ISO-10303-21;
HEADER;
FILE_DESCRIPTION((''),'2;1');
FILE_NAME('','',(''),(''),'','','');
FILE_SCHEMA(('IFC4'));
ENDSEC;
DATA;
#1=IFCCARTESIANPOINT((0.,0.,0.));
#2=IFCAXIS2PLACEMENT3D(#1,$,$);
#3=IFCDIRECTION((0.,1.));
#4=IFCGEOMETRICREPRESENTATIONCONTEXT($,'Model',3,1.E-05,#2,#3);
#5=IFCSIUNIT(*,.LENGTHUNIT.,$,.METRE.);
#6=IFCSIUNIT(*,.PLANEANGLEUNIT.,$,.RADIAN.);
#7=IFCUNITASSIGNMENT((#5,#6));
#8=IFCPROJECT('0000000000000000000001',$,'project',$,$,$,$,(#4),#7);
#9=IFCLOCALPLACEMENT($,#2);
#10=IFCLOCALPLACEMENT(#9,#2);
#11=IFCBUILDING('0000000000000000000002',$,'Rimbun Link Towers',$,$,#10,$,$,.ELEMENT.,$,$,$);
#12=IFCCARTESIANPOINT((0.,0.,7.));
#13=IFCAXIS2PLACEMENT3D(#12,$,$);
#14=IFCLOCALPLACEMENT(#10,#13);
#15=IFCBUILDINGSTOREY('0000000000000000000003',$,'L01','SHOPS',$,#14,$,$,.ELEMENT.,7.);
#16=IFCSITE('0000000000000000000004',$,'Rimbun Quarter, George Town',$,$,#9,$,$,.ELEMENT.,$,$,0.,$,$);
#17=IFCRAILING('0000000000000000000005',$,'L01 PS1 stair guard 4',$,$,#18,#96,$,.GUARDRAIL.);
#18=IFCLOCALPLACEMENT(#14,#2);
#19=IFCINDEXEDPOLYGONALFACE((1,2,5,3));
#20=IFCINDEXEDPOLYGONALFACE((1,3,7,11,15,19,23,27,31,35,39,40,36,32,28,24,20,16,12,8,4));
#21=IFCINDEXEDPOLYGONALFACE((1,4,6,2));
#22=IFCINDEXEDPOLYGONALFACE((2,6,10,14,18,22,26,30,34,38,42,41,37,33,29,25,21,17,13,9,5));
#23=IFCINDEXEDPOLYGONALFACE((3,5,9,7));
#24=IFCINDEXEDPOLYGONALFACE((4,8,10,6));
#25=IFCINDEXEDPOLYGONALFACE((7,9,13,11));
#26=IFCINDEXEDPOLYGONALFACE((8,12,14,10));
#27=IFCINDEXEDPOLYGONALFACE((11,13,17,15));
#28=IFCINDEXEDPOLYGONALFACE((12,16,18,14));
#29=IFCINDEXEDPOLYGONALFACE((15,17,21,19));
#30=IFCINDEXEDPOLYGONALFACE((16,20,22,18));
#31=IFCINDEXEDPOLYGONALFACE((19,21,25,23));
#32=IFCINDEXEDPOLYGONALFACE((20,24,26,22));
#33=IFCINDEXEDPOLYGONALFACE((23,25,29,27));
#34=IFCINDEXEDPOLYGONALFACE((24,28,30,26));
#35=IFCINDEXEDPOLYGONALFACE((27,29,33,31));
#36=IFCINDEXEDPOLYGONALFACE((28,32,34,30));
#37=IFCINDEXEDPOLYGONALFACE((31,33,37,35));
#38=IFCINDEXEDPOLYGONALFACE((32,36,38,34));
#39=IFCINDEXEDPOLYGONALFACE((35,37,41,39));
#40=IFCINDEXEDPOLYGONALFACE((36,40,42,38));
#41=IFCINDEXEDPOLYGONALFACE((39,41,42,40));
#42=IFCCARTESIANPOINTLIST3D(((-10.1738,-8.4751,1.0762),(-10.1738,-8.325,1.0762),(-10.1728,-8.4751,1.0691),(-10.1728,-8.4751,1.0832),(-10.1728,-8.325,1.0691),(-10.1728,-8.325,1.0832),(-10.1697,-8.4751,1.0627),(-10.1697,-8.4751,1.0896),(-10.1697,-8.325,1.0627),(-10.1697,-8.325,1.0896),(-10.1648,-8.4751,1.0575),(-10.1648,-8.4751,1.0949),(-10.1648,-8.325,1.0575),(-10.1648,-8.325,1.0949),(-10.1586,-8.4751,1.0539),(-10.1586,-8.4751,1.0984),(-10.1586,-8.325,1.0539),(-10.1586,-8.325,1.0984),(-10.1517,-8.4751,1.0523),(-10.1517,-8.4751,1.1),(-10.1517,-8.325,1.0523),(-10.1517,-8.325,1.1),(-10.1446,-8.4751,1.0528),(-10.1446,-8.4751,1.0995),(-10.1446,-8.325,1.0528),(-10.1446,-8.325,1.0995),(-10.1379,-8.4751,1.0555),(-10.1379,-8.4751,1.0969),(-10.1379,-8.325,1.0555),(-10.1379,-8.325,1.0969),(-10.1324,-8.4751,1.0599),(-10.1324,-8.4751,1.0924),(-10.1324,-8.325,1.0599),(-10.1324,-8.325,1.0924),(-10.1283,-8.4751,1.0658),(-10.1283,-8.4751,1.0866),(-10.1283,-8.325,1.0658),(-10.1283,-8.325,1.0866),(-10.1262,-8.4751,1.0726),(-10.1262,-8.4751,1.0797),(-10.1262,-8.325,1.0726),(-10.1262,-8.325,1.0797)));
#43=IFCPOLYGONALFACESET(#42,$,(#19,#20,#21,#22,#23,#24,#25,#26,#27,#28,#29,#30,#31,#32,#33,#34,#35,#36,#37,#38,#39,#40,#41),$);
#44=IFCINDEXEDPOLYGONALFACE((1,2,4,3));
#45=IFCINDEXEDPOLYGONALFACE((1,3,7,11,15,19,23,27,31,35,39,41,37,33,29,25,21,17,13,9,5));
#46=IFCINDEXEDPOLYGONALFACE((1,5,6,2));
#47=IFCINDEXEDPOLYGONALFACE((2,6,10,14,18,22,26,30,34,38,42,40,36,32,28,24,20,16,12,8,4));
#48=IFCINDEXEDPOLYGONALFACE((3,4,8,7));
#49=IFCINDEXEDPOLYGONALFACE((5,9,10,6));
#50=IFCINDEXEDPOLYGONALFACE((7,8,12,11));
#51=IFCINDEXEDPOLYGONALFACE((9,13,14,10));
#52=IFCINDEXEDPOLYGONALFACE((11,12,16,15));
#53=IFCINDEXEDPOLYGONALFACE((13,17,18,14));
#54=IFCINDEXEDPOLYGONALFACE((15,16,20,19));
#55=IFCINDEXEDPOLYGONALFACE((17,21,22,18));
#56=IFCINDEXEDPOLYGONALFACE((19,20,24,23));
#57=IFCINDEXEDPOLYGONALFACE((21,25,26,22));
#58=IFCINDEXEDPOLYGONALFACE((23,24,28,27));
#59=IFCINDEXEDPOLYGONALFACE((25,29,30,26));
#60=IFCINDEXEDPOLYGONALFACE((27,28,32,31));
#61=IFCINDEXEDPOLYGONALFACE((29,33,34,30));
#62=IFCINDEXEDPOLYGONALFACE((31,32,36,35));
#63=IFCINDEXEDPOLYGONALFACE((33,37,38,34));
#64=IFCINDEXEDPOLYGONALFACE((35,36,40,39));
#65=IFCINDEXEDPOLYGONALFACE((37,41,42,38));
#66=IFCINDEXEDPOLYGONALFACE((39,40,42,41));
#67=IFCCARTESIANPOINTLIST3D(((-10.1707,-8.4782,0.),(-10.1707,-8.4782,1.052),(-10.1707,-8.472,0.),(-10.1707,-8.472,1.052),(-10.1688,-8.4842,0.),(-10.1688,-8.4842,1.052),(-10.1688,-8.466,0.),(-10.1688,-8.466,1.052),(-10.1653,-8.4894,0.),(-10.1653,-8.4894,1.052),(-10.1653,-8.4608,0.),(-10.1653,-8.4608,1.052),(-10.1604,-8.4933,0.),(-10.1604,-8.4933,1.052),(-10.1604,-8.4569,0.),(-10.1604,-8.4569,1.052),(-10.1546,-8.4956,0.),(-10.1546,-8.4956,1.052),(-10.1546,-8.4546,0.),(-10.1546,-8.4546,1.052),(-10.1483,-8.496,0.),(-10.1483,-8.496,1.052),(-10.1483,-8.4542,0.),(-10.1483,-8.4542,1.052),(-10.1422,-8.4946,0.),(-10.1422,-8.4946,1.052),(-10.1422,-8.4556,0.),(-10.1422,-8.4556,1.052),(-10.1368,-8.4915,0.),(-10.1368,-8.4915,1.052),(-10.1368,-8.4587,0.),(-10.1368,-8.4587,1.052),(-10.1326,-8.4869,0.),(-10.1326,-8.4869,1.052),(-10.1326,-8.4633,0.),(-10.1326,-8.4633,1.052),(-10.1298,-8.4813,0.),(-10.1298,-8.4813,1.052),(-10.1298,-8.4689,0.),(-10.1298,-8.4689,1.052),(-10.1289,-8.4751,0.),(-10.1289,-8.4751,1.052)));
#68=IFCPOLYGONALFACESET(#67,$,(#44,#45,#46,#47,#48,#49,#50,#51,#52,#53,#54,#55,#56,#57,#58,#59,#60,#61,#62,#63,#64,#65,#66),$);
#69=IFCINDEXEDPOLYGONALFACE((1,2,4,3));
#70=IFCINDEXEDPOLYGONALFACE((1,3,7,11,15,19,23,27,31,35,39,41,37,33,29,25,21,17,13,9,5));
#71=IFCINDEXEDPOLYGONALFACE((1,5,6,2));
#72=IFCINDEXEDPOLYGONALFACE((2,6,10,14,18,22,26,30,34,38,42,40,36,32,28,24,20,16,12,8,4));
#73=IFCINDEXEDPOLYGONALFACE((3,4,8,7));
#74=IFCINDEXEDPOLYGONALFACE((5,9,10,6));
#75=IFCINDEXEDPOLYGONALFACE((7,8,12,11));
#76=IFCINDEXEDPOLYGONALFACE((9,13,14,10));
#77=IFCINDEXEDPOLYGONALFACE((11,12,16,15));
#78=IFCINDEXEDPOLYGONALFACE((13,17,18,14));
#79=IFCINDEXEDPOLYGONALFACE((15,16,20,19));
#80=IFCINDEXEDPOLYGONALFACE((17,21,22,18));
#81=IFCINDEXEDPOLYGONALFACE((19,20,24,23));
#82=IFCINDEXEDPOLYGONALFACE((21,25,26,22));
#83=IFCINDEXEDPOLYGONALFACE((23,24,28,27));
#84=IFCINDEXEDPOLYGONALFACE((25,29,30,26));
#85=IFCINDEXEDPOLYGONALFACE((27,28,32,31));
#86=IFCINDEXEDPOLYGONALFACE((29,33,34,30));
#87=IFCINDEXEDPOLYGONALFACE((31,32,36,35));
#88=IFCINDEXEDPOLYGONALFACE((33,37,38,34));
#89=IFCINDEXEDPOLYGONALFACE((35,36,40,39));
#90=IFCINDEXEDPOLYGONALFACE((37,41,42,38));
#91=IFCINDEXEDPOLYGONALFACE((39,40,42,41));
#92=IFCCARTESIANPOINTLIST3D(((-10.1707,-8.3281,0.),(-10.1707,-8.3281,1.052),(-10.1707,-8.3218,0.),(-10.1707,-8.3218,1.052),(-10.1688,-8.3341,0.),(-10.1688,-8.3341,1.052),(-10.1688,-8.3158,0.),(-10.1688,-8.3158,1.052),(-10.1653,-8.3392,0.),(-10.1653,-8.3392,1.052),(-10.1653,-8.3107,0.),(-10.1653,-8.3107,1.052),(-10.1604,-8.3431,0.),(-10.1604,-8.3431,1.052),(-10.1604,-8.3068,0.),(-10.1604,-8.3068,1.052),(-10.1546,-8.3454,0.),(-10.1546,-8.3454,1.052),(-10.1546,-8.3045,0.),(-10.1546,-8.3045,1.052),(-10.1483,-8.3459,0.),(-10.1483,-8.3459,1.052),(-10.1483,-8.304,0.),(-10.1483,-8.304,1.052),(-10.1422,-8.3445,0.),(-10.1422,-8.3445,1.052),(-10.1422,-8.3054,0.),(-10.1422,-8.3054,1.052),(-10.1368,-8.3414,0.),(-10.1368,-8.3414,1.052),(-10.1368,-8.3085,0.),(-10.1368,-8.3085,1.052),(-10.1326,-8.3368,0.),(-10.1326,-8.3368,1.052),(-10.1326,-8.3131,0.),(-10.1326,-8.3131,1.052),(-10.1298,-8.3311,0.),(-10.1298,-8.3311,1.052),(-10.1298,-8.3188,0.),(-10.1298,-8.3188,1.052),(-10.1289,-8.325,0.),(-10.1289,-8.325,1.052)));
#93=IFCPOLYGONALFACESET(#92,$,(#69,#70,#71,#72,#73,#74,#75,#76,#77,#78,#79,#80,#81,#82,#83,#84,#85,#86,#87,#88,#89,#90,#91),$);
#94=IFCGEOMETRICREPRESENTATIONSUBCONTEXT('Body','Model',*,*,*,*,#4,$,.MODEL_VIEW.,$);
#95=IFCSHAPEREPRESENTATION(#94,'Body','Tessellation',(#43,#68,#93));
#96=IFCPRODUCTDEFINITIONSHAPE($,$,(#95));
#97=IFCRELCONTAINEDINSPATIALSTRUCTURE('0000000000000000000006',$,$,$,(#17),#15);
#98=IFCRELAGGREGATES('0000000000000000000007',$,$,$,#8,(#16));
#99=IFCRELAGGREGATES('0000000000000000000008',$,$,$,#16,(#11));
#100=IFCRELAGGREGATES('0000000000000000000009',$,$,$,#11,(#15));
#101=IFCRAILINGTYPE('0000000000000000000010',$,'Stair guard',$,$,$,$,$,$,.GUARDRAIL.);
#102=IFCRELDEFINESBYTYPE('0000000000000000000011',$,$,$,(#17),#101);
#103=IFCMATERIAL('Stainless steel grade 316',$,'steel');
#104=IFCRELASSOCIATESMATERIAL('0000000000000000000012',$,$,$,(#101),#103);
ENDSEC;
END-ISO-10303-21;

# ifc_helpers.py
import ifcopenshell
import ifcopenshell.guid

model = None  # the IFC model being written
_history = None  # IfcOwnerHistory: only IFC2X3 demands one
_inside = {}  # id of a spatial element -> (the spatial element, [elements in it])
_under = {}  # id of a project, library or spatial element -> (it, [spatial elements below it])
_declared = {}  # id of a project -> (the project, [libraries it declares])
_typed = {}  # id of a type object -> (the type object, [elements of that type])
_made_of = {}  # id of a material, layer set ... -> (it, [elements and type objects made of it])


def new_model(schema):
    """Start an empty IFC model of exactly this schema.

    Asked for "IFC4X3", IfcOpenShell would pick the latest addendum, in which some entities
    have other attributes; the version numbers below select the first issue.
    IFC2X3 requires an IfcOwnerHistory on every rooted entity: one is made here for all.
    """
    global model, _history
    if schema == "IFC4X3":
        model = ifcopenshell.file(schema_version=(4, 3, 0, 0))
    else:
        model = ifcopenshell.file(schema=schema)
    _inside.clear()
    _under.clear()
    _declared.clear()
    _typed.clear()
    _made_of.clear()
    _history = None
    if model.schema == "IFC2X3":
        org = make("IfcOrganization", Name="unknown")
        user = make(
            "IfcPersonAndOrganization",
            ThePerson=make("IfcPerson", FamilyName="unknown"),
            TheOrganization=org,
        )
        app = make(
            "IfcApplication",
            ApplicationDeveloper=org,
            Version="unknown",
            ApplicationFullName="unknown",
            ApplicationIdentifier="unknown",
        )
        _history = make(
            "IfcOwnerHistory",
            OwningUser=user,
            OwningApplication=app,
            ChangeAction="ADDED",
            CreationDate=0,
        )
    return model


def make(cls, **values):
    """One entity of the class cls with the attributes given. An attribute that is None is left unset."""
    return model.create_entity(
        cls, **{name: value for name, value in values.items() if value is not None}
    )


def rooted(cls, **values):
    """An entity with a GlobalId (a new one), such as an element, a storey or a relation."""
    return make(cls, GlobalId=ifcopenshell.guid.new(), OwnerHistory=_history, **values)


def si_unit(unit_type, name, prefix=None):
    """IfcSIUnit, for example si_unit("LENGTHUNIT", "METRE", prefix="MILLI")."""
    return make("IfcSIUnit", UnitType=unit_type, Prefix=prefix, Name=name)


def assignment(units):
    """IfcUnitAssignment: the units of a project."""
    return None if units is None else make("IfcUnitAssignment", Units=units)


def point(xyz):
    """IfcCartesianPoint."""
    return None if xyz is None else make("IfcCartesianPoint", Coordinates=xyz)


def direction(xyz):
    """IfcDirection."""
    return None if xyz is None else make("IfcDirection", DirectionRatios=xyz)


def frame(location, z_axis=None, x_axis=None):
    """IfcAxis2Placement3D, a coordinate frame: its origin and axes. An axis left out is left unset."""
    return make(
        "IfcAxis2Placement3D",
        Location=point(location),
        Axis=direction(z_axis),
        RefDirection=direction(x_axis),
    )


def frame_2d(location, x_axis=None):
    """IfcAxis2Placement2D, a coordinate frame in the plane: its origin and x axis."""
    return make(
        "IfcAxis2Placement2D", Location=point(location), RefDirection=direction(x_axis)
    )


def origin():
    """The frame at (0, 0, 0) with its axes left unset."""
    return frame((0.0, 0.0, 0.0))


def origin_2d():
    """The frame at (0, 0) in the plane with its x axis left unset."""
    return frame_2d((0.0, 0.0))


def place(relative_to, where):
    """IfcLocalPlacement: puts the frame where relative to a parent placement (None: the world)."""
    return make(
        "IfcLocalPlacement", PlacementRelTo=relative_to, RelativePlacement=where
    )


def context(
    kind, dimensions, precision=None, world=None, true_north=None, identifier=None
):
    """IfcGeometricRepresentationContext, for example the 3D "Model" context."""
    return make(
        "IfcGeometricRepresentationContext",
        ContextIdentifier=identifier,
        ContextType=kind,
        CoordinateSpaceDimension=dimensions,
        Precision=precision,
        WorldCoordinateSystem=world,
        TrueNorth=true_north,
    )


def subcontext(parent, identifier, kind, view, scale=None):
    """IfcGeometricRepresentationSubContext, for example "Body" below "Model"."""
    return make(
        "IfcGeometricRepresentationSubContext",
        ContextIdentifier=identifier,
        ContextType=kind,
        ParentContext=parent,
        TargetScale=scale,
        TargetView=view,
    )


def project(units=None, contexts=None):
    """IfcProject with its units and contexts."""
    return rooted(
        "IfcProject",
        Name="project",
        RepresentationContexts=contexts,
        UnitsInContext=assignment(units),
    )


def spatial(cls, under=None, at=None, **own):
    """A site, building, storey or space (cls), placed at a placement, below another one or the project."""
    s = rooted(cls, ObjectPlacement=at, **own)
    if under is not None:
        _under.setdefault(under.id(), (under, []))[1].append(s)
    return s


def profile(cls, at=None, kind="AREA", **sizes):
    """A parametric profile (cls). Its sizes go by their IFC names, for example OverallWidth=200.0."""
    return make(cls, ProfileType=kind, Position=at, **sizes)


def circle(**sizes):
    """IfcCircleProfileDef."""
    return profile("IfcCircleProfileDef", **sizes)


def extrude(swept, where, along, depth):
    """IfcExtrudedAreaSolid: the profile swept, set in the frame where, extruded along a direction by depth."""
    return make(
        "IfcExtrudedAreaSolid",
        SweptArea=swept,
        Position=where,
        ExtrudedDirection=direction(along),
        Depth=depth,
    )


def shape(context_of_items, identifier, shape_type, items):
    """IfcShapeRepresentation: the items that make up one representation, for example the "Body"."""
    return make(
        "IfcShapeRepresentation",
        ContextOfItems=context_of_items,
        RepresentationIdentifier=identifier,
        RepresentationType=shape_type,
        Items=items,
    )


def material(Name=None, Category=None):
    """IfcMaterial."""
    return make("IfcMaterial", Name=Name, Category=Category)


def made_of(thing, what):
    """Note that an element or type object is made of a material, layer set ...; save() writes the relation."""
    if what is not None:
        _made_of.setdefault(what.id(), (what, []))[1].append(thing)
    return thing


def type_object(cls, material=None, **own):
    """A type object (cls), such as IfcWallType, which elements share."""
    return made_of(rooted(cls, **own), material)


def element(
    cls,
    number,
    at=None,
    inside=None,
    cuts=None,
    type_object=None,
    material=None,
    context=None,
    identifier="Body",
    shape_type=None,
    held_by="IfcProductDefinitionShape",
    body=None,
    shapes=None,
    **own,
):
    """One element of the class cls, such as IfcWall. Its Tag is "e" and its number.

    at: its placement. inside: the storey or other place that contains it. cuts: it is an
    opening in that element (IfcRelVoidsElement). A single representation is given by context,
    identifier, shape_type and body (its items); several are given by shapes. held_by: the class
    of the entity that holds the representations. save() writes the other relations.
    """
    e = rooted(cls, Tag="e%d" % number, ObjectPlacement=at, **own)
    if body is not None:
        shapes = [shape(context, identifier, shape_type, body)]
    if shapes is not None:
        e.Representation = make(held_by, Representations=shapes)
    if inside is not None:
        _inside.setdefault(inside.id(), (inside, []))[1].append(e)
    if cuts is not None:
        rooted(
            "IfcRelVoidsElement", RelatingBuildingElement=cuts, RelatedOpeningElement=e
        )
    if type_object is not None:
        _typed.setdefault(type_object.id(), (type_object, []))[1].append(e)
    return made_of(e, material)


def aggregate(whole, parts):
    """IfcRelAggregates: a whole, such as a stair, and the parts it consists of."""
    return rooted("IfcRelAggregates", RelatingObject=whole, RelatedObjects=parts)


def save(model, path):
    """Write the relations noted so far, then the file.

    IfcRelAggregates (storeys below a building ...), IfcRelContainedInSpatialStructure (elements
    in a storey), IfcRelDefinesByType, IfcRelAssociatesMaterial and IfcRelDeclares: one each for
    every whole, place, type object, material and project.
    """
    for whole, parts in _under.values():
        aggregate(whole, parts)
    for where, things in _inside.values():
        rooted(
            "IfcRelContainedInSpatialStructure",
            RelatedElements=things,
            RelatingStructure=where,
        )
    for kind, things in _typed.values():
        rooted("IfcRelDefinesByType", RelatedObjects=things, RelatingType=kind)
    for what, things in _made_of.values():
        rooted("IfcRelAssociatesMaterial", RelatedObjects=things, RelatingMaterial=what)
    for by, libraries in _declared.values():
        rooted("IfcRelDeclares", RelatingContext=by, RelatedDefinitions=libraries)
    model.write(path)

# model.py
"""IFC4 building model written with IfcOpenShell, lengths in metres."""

from ifc_helpers import new_model, si_unit, direction, frame, origin, origin_2d, place, context, subcontext, project, spatial, circle, extrude, material, type_object, element, save


model = new_model("IFC4")

# Units and contexts
model_context = context("Model", 3, precision=1e-05, world=origin(), true_north=direction((0.0, 1.0)))
body_context = subcontext(model_context, "Body", "Model", "MODEL_VIEW")
ifc_project = project(units=[si_unit("LENGTHUNIT", "METRE"), si_unit("PLANEANGLEUNIT", "RADIAN")], contexts=[model_context])

# Site, building, storey
site_placement = place(None, origin())
site = spatial("IfcSite", under=ifc_project, at=site_placement, Name="Rimbun Quarter, George Town", CompositionType="ELEMENT", RefElevation=0.0)
building_placement = place(site_placement, origin())
building = spatial("IfcBuilding", under=site, at=building_placement, Name="Rimbun Link Towers", CompositionType="ELEMENT")
storey_placement = place(building_placement, frame((0.0, 0.0, 7.0)))
storey = spatial("IfcBuildingStorey", under=building, at=storey_placement, Name="L01", Description="SHOPS", CompositionType="ELEMENT", Elevation=7.0)

# Railing
ifc_material_1 = material(Name="Stainless steel grade 316", Category="steel")
railing_type_1 = type_object("IfcRailingType", Name="Stair guard", PredefinedType="GUARDRAIL", material=ifc_material_1)
railing_1_placement = place(storey_placement, frame((-10.1499, -8.4751, 0.0)))
element("IfcRailing", 1, at=railing_1_placement, inside=storey, type_object=railing_type_1, Name="L01 PS1 stair guard 4", PredefinedType="GUARDRAIL", context=body_context, shape_type="SweptSolid", body=[
    extrude(circle(Radius=0.0239, at=origin_2d()), frame((0.0, 0.0, 1.0762), z_axis=(0.0, 1.0, 0.0), x_axis=(-1.0, 0.0, 0.0)), (0.0, 0.0, 1.0), 0.1501),
    extrude(circle(Radius=0.021, at=origin_2d()), origin(), (0.0, 0.0, 1.0), 1.052),
    extrude(circle(Radius=0.021, at=origin_2d()), frame((0.0, 0.1501, 0.0)), (0.0, 0.0, 1.0), 1.052),
])

save(model, "model.ifc")
